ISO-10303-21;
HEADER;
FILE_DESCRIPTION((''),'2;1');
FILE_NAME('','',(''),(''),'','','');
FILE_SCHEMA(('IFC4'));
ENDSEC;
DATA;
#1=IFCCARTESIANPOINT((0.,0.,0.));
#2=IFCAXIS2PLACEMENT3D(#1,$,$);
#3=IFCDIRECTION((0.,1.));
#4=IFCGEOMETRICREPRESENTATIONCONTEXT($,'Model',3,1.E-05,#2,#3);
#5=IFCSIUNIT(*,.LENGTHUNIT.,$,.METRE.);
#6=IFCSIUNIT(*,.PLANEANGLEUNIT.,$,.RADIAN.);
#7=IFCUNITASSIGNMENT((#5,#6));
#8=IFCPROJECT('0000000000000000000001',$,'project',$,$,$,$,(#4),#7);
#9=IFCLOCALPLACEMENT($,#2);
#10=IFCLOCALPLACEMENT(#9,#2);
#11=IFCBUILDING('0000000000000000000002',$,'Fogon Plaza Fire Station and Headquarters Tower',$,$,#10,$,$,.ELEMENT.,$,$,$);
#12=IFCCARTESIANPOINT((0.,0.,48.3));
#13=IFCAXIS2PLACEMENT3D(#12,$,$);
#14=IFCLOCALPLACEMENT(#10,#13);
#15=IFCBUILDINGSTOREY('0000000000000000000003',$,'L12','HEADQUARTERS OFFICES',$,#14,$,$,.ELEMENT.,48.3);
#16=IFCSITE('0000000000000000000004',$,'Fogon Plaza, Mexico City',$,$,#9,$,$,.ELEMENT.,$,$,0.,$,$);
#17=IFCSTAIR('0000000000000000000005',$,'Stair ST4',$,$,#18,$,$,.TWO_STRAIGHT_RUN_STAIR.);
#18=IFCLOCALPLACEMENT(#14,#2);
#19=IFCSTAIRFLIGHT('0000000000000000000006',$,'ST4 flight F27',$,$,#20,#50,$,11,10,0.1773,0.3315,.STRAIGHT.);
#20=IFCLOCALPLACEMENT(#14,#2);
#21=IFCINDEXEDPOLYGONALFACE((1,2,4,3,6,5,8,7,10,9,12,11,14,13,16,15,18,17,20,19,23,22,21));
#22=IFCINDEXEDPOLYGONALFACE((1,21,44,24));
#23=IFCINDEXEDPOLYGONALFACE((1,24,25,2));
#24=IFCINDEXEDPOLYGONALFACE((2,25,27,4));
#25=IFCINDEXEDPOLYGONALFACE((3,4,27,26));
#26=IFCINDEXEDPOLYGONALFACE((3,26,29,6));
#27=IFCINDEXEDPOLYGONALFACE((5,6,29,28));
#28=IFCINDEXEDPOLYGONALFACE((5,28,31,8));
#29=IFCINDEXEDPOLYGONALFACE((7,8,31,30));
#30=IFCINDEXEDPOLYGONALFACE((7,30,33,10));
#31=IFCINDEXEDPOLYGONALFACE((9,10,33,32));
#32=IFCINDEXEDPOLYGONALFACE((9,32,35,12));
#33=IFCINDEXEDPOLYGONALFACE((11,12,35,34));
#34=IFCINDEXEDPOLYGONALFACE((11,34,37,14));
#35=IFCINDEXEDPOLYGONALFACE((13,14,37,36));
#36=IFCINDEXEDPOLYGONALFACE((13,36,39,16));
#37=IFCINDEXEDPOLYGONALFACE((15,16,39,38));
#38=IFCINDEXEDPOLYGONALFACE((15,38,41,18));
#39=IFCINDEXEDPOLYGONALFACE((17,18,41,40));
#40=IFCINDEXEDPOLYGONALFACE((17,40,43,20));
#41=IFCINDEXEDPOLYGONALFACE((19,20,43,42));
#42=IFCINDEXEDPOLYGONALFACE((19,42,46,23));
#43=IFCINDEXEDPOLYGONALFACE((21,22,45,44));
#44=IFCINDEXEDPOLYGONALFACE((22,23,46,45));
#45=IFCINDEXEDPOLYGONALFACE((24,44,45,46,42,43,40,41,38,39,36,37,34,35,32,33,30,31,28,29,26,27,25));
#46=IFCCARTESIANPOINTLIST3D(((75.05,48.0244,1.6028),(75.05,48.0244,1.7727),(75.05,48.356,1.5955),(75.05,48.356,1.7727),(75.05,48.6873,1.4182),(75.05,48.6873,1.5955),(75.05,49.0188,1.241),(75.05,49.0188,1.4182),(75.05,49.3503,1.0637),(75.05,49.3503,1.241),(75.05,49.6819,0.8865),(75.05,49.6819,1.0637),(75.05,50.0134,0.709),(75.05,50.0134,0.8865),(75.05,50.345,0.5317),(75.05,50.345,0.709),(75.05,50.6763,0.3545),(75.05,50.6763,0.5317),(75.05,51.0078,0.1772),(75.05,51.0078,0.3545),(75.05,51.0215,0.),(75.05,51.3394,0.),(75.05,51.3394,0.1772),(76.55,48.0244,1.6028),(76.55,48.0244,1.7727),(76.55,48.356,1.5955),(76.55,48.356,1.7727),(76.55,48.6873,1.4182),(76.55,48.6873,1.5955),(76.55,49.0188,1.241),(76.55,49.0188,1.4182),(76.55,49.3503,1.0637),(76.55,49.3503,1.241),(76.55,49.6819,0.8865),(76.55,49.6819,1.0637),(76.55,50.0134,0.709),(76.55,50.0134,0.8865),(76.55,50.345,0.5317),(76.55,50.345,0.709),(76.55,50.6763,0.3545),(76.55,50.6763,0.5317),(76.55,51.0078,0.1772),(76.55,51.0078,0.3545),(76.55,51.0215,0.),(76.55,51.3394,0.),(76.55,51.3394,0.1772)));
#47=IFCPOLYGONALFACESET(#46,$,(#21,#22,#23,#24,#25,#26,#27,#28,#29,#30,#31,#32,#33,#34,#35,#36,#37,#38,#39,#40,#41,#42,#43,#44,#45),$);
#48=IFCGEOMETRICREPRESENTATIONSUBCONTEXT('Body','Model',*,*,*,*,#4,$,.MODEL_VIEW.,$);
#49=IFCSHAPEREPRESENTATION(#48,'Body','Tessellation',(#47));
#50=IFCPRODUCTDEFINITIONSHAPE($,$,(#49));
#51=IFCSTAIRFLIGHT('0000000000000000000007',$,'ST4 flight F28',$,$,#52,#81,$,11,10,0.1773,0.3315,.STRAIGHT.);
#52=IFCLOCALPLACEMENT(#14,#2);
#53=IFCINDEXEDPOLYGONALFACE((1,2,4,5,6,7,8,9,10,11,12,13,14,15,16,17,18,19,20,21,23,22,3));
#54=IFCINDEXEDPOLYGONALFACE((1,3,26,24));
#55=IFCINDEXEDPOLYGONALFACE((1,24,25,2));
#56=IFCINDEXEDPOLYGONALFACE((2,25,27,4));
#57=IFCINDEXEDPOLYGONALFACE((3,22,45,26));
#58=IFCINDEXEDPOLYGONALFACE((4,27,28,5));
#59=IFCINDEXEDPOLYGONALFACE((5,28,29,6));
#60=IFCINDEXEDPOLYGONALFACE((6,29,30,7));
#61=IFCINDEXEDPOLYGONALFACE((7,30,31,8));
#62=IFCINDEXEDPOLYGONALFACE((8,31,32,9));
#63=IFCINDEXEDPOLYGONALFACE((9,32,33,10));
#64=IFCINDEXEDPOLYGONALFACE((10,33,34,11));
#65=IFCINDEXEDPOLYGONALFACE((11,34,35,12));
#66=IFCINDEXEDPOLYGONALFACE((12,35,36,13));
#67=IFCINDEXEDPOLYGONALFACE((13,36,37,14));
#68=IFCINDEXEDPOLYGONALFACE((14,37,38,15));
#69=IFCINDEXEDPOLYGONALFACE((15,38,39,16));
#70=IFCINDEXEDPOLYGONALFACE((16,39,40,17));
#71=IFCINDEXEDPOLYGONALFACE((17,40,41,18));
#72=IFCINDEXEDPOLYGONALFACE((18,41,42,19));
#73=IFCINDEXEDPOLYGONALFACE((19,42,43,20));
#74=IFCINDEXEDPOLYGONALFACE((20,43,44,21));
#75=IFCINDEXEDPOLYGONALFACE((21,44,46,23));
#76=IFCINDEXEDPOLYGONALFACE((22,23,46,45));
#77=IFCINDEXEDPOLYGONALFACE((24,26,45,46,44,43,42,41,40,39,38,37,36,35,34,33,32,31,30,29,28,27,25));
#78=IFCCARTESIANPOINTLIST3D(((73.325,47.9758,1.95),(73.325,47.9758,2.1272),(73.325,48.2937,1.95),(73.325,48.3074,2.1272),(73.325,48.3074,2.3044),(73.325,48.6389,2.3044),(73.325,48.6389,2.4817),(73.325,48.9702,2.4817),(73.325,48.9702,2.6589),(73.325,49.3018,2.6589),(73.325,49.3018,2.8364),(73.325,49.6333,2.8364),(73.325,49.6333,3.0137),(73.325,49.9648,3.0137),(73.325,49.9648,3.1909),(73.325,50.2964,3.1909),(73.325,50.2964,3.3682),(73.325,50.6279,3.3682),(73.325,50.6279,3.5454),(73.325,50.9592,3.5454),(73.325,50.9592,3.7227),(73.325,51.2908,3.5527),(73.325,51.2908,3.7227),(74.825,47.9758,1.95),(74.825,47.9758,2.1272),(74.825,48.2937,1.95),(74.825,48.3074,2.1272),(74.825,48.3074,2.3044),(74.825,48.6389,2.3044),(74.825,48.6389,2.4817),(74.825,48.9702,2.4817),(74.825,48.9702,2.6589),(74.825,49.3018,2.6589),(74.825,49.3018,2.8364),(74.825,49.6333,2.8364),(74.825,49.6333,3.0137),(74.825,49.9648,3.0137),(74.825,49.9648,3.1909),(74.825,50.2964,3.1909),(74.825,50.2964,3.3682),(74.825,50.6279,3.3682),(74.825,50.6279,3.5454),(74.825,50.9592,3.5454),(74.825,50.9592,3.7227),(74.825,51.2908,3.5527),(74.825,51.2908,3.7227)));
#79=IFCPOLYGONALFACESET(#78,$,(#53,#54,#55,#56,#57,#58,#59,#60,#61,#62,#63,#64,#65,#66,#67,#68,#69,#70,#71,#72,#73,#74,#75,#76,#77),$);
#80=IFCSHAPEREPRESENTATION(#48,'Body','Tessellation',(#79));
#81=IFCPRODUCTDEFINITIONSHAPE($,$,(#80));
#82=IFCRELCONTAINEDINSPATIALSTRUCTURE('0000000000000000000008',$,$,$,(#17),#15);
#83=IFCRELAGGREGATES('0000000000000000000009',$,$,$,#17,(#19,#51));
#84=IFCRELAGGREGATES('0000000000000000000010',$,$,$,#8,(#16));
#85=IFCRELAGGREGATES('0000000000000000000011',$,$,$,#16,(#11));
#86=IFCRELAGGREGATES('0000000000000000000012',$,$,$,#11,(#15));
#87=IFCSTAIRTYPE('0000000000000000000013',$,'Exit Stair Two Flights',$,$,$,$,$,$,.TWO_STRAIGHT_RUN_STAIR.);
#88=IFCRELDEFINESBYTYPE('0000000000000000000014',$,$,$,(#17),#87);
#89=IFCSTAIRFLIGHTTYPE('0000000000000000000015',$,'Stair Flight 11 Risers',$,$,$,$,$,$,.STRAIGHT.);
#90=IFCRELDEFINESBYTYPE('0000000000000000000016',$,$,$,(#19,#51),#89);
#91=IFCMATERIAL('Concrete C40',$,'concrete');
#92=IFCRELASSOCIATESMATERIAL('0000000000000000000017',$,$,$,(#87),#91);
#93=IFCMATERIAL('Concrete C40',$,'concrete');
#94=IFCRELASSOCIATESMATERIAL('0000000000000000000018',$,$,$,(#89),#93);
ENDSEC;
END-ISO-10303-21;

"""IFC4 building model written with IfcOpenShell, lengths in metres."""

from ifc_helpers import new_model, si_unit, direction, frame, origin, place, context, subcontext, project, spatial, polyline, outline, extrude, material, type_object, element, aggregate, save


model = new_model("IFC4")

# Units and contexts
model_context = context("Model", 3, precision=1e-05, world=origin(), true_north=direction((0.0, 1.0)))
body_context = subcontext(model_context, "Body", "Model", "MODEL_VIEW")
ifc_project = project(units=[si_unit("LENGTHUNIT", "METRE"), si_unit("PLANEANGLEUNIT", "RADIAN")], contexts=[model_context])

# Site, building, storey
site_placement = place(None, origin())
site = spatial("IfcSite", under=ifc_project, at=site_placement, Name="Fogon Plaza, Mexico City", CompositionType="ELEMENT", RefElevation=0.0)
building_placement = place(site_placement, origin())
building = spatial("IfcBuilding", under=site, at=building_placement, Name="Fogon Plaza Fire Station and Headquarters Tower", CompositionType="ELEMENT")
storey_placement = place(building_placement, frame((0.0, 0.0, 48.3)))
storey = spatial("IfcBuildingStorey", under=building, at=storey_placement, Name="L12", Description="HEADQUARTERS OFFICES", CompositionType="ELEMENT", Elevation=48.3)

# Stair, stair flights
ifc_material_1 = material(Name="Concrete C40", Category="concrete")
stair_type = type_object("IfcStairType", Name="Exit Stair Two Flights", PredefinedType="TWO_STRAIGHT_RUN_STAIR", material=ifc_material_1)
stair_placement = place(storey_placement, origin())
stair = element("IfcStair", 1, at=stair_placement, inside=storey, type_object=stair_type, Name="Stair ST4", PredefinedType="TWO_STRAIGHT_RUN_STAIR")
ifc_material_2 = material(Name="Concrete C40", Category="concrete")
stair_flight_type = type_object("IfcStairFlightType", Name="Stair Flight 11 Risers", PredefinedType="STRAIGHT", material=ifc_material_2)
stair_flight_1_placement = place(storey_placement, frame((75.8, 51.3394, 0.0), z_axis=(0.0, 0.0, 1.0), x_axis=(0.0, -1.0, 0.0)))
stair_flight_1 = element("IfcStairFlight", 2, at=stair_flight_1_placement, type_object=stair_flight_type, Name="ST4 flight F27", NumberOfRisers=11, NumberOfTreads=10, PredefinedType="STRAIGHT", RiserHeight=0.1773, TreadLength=0.3315, context=body_context, shape_type="SweptSolid", body=[
    extrude(outline(polyline([(0.0, 0.0), (0.0, 0.1772), (0.3315, 0.1772), (0.3315, 0.3545), (0.6631, 0.3545), (0.6631, 0.5317), (0.9944, 0.5317), (0.9944, 0.709), (1.3259, 0.709), (1.3259, 0.8865), (1.6575, 0.8865), (1.6575, 1.0637), (1.989, 1.0637), (1.989, 1.241), (2.3206, 1.241), (2.3206, 1.4182), (2.6521, 1.4182), (2.6521, 1.5955), (2.9834, 1.5955), (2.9834, 1.7727), (3.3149, 1.7727), (3.3149, 1.95), (3.3149, 1.6028), (0.3179, 0.0), (0.0, 0.0)])), frame((0.0, 0.75, 0.0), z_axis=(0.0, -1.0, 0.0), x_axis=(1.0, 0.0, 0.0)), (0.0, 0.0, 1.0), 1.5),
])
stair_flight_2_placement = place(storey_placement, frame((74.075, 47.9758, 1.95), z_axis=(0.0, 0.0, 1.0), x_axis=(0.0, 1.0, 0.0)))
stair_flight_2 = element("IfcStairFlight", 3, at=stair_flight_2_placement, type_object=stair_flight_type, Name="ST4 flight F28", NumberOfRisers=11, NumberOfTreads=10, PredefinedType="STRAIGHT", RiserHeight=0.1773, TreadLength=0.3315, context=body_context, shape_type="SweptSolid", body=[
    extrude(outline(polyline([(0.0, 0.0), (0.0, 0.1772), (0.3315, 0.1772), (0.3315, 0.3545), (0.6631, 0.3545), (0.6631, 0.5317), (0.9944, 0.5317), (0.9944, 0.709), (1.3259, 0.709), (1.3259, 0.8865), (1.6575, 0.8865), (1.6575, 1.0637), (1.989, 1.0637), (1.989, 1.241), (2.3206, 1.241), (2.3206, 1.4182), (2.6521, 1.4182), (2.6521, 1.5955), (2.9834, 1.5955), (2.9834, 1.7727), (3.3149, 1.7727), (3.3149, 1.95), (3.3149, 1.6028), (0.3179, 0.0), (0.0, 0.0)])), frame((0.0, 0.75, 0.0), z_axis=(0.0, -1.0, 0.0), x_axis=(1.0, 0.0, 0.0)), (0.0, 0.0, 1.0), 1.5),
])
aggregate(stair, [stair_flight_1, stair_flight_2])

save(model, "model.ifc")
